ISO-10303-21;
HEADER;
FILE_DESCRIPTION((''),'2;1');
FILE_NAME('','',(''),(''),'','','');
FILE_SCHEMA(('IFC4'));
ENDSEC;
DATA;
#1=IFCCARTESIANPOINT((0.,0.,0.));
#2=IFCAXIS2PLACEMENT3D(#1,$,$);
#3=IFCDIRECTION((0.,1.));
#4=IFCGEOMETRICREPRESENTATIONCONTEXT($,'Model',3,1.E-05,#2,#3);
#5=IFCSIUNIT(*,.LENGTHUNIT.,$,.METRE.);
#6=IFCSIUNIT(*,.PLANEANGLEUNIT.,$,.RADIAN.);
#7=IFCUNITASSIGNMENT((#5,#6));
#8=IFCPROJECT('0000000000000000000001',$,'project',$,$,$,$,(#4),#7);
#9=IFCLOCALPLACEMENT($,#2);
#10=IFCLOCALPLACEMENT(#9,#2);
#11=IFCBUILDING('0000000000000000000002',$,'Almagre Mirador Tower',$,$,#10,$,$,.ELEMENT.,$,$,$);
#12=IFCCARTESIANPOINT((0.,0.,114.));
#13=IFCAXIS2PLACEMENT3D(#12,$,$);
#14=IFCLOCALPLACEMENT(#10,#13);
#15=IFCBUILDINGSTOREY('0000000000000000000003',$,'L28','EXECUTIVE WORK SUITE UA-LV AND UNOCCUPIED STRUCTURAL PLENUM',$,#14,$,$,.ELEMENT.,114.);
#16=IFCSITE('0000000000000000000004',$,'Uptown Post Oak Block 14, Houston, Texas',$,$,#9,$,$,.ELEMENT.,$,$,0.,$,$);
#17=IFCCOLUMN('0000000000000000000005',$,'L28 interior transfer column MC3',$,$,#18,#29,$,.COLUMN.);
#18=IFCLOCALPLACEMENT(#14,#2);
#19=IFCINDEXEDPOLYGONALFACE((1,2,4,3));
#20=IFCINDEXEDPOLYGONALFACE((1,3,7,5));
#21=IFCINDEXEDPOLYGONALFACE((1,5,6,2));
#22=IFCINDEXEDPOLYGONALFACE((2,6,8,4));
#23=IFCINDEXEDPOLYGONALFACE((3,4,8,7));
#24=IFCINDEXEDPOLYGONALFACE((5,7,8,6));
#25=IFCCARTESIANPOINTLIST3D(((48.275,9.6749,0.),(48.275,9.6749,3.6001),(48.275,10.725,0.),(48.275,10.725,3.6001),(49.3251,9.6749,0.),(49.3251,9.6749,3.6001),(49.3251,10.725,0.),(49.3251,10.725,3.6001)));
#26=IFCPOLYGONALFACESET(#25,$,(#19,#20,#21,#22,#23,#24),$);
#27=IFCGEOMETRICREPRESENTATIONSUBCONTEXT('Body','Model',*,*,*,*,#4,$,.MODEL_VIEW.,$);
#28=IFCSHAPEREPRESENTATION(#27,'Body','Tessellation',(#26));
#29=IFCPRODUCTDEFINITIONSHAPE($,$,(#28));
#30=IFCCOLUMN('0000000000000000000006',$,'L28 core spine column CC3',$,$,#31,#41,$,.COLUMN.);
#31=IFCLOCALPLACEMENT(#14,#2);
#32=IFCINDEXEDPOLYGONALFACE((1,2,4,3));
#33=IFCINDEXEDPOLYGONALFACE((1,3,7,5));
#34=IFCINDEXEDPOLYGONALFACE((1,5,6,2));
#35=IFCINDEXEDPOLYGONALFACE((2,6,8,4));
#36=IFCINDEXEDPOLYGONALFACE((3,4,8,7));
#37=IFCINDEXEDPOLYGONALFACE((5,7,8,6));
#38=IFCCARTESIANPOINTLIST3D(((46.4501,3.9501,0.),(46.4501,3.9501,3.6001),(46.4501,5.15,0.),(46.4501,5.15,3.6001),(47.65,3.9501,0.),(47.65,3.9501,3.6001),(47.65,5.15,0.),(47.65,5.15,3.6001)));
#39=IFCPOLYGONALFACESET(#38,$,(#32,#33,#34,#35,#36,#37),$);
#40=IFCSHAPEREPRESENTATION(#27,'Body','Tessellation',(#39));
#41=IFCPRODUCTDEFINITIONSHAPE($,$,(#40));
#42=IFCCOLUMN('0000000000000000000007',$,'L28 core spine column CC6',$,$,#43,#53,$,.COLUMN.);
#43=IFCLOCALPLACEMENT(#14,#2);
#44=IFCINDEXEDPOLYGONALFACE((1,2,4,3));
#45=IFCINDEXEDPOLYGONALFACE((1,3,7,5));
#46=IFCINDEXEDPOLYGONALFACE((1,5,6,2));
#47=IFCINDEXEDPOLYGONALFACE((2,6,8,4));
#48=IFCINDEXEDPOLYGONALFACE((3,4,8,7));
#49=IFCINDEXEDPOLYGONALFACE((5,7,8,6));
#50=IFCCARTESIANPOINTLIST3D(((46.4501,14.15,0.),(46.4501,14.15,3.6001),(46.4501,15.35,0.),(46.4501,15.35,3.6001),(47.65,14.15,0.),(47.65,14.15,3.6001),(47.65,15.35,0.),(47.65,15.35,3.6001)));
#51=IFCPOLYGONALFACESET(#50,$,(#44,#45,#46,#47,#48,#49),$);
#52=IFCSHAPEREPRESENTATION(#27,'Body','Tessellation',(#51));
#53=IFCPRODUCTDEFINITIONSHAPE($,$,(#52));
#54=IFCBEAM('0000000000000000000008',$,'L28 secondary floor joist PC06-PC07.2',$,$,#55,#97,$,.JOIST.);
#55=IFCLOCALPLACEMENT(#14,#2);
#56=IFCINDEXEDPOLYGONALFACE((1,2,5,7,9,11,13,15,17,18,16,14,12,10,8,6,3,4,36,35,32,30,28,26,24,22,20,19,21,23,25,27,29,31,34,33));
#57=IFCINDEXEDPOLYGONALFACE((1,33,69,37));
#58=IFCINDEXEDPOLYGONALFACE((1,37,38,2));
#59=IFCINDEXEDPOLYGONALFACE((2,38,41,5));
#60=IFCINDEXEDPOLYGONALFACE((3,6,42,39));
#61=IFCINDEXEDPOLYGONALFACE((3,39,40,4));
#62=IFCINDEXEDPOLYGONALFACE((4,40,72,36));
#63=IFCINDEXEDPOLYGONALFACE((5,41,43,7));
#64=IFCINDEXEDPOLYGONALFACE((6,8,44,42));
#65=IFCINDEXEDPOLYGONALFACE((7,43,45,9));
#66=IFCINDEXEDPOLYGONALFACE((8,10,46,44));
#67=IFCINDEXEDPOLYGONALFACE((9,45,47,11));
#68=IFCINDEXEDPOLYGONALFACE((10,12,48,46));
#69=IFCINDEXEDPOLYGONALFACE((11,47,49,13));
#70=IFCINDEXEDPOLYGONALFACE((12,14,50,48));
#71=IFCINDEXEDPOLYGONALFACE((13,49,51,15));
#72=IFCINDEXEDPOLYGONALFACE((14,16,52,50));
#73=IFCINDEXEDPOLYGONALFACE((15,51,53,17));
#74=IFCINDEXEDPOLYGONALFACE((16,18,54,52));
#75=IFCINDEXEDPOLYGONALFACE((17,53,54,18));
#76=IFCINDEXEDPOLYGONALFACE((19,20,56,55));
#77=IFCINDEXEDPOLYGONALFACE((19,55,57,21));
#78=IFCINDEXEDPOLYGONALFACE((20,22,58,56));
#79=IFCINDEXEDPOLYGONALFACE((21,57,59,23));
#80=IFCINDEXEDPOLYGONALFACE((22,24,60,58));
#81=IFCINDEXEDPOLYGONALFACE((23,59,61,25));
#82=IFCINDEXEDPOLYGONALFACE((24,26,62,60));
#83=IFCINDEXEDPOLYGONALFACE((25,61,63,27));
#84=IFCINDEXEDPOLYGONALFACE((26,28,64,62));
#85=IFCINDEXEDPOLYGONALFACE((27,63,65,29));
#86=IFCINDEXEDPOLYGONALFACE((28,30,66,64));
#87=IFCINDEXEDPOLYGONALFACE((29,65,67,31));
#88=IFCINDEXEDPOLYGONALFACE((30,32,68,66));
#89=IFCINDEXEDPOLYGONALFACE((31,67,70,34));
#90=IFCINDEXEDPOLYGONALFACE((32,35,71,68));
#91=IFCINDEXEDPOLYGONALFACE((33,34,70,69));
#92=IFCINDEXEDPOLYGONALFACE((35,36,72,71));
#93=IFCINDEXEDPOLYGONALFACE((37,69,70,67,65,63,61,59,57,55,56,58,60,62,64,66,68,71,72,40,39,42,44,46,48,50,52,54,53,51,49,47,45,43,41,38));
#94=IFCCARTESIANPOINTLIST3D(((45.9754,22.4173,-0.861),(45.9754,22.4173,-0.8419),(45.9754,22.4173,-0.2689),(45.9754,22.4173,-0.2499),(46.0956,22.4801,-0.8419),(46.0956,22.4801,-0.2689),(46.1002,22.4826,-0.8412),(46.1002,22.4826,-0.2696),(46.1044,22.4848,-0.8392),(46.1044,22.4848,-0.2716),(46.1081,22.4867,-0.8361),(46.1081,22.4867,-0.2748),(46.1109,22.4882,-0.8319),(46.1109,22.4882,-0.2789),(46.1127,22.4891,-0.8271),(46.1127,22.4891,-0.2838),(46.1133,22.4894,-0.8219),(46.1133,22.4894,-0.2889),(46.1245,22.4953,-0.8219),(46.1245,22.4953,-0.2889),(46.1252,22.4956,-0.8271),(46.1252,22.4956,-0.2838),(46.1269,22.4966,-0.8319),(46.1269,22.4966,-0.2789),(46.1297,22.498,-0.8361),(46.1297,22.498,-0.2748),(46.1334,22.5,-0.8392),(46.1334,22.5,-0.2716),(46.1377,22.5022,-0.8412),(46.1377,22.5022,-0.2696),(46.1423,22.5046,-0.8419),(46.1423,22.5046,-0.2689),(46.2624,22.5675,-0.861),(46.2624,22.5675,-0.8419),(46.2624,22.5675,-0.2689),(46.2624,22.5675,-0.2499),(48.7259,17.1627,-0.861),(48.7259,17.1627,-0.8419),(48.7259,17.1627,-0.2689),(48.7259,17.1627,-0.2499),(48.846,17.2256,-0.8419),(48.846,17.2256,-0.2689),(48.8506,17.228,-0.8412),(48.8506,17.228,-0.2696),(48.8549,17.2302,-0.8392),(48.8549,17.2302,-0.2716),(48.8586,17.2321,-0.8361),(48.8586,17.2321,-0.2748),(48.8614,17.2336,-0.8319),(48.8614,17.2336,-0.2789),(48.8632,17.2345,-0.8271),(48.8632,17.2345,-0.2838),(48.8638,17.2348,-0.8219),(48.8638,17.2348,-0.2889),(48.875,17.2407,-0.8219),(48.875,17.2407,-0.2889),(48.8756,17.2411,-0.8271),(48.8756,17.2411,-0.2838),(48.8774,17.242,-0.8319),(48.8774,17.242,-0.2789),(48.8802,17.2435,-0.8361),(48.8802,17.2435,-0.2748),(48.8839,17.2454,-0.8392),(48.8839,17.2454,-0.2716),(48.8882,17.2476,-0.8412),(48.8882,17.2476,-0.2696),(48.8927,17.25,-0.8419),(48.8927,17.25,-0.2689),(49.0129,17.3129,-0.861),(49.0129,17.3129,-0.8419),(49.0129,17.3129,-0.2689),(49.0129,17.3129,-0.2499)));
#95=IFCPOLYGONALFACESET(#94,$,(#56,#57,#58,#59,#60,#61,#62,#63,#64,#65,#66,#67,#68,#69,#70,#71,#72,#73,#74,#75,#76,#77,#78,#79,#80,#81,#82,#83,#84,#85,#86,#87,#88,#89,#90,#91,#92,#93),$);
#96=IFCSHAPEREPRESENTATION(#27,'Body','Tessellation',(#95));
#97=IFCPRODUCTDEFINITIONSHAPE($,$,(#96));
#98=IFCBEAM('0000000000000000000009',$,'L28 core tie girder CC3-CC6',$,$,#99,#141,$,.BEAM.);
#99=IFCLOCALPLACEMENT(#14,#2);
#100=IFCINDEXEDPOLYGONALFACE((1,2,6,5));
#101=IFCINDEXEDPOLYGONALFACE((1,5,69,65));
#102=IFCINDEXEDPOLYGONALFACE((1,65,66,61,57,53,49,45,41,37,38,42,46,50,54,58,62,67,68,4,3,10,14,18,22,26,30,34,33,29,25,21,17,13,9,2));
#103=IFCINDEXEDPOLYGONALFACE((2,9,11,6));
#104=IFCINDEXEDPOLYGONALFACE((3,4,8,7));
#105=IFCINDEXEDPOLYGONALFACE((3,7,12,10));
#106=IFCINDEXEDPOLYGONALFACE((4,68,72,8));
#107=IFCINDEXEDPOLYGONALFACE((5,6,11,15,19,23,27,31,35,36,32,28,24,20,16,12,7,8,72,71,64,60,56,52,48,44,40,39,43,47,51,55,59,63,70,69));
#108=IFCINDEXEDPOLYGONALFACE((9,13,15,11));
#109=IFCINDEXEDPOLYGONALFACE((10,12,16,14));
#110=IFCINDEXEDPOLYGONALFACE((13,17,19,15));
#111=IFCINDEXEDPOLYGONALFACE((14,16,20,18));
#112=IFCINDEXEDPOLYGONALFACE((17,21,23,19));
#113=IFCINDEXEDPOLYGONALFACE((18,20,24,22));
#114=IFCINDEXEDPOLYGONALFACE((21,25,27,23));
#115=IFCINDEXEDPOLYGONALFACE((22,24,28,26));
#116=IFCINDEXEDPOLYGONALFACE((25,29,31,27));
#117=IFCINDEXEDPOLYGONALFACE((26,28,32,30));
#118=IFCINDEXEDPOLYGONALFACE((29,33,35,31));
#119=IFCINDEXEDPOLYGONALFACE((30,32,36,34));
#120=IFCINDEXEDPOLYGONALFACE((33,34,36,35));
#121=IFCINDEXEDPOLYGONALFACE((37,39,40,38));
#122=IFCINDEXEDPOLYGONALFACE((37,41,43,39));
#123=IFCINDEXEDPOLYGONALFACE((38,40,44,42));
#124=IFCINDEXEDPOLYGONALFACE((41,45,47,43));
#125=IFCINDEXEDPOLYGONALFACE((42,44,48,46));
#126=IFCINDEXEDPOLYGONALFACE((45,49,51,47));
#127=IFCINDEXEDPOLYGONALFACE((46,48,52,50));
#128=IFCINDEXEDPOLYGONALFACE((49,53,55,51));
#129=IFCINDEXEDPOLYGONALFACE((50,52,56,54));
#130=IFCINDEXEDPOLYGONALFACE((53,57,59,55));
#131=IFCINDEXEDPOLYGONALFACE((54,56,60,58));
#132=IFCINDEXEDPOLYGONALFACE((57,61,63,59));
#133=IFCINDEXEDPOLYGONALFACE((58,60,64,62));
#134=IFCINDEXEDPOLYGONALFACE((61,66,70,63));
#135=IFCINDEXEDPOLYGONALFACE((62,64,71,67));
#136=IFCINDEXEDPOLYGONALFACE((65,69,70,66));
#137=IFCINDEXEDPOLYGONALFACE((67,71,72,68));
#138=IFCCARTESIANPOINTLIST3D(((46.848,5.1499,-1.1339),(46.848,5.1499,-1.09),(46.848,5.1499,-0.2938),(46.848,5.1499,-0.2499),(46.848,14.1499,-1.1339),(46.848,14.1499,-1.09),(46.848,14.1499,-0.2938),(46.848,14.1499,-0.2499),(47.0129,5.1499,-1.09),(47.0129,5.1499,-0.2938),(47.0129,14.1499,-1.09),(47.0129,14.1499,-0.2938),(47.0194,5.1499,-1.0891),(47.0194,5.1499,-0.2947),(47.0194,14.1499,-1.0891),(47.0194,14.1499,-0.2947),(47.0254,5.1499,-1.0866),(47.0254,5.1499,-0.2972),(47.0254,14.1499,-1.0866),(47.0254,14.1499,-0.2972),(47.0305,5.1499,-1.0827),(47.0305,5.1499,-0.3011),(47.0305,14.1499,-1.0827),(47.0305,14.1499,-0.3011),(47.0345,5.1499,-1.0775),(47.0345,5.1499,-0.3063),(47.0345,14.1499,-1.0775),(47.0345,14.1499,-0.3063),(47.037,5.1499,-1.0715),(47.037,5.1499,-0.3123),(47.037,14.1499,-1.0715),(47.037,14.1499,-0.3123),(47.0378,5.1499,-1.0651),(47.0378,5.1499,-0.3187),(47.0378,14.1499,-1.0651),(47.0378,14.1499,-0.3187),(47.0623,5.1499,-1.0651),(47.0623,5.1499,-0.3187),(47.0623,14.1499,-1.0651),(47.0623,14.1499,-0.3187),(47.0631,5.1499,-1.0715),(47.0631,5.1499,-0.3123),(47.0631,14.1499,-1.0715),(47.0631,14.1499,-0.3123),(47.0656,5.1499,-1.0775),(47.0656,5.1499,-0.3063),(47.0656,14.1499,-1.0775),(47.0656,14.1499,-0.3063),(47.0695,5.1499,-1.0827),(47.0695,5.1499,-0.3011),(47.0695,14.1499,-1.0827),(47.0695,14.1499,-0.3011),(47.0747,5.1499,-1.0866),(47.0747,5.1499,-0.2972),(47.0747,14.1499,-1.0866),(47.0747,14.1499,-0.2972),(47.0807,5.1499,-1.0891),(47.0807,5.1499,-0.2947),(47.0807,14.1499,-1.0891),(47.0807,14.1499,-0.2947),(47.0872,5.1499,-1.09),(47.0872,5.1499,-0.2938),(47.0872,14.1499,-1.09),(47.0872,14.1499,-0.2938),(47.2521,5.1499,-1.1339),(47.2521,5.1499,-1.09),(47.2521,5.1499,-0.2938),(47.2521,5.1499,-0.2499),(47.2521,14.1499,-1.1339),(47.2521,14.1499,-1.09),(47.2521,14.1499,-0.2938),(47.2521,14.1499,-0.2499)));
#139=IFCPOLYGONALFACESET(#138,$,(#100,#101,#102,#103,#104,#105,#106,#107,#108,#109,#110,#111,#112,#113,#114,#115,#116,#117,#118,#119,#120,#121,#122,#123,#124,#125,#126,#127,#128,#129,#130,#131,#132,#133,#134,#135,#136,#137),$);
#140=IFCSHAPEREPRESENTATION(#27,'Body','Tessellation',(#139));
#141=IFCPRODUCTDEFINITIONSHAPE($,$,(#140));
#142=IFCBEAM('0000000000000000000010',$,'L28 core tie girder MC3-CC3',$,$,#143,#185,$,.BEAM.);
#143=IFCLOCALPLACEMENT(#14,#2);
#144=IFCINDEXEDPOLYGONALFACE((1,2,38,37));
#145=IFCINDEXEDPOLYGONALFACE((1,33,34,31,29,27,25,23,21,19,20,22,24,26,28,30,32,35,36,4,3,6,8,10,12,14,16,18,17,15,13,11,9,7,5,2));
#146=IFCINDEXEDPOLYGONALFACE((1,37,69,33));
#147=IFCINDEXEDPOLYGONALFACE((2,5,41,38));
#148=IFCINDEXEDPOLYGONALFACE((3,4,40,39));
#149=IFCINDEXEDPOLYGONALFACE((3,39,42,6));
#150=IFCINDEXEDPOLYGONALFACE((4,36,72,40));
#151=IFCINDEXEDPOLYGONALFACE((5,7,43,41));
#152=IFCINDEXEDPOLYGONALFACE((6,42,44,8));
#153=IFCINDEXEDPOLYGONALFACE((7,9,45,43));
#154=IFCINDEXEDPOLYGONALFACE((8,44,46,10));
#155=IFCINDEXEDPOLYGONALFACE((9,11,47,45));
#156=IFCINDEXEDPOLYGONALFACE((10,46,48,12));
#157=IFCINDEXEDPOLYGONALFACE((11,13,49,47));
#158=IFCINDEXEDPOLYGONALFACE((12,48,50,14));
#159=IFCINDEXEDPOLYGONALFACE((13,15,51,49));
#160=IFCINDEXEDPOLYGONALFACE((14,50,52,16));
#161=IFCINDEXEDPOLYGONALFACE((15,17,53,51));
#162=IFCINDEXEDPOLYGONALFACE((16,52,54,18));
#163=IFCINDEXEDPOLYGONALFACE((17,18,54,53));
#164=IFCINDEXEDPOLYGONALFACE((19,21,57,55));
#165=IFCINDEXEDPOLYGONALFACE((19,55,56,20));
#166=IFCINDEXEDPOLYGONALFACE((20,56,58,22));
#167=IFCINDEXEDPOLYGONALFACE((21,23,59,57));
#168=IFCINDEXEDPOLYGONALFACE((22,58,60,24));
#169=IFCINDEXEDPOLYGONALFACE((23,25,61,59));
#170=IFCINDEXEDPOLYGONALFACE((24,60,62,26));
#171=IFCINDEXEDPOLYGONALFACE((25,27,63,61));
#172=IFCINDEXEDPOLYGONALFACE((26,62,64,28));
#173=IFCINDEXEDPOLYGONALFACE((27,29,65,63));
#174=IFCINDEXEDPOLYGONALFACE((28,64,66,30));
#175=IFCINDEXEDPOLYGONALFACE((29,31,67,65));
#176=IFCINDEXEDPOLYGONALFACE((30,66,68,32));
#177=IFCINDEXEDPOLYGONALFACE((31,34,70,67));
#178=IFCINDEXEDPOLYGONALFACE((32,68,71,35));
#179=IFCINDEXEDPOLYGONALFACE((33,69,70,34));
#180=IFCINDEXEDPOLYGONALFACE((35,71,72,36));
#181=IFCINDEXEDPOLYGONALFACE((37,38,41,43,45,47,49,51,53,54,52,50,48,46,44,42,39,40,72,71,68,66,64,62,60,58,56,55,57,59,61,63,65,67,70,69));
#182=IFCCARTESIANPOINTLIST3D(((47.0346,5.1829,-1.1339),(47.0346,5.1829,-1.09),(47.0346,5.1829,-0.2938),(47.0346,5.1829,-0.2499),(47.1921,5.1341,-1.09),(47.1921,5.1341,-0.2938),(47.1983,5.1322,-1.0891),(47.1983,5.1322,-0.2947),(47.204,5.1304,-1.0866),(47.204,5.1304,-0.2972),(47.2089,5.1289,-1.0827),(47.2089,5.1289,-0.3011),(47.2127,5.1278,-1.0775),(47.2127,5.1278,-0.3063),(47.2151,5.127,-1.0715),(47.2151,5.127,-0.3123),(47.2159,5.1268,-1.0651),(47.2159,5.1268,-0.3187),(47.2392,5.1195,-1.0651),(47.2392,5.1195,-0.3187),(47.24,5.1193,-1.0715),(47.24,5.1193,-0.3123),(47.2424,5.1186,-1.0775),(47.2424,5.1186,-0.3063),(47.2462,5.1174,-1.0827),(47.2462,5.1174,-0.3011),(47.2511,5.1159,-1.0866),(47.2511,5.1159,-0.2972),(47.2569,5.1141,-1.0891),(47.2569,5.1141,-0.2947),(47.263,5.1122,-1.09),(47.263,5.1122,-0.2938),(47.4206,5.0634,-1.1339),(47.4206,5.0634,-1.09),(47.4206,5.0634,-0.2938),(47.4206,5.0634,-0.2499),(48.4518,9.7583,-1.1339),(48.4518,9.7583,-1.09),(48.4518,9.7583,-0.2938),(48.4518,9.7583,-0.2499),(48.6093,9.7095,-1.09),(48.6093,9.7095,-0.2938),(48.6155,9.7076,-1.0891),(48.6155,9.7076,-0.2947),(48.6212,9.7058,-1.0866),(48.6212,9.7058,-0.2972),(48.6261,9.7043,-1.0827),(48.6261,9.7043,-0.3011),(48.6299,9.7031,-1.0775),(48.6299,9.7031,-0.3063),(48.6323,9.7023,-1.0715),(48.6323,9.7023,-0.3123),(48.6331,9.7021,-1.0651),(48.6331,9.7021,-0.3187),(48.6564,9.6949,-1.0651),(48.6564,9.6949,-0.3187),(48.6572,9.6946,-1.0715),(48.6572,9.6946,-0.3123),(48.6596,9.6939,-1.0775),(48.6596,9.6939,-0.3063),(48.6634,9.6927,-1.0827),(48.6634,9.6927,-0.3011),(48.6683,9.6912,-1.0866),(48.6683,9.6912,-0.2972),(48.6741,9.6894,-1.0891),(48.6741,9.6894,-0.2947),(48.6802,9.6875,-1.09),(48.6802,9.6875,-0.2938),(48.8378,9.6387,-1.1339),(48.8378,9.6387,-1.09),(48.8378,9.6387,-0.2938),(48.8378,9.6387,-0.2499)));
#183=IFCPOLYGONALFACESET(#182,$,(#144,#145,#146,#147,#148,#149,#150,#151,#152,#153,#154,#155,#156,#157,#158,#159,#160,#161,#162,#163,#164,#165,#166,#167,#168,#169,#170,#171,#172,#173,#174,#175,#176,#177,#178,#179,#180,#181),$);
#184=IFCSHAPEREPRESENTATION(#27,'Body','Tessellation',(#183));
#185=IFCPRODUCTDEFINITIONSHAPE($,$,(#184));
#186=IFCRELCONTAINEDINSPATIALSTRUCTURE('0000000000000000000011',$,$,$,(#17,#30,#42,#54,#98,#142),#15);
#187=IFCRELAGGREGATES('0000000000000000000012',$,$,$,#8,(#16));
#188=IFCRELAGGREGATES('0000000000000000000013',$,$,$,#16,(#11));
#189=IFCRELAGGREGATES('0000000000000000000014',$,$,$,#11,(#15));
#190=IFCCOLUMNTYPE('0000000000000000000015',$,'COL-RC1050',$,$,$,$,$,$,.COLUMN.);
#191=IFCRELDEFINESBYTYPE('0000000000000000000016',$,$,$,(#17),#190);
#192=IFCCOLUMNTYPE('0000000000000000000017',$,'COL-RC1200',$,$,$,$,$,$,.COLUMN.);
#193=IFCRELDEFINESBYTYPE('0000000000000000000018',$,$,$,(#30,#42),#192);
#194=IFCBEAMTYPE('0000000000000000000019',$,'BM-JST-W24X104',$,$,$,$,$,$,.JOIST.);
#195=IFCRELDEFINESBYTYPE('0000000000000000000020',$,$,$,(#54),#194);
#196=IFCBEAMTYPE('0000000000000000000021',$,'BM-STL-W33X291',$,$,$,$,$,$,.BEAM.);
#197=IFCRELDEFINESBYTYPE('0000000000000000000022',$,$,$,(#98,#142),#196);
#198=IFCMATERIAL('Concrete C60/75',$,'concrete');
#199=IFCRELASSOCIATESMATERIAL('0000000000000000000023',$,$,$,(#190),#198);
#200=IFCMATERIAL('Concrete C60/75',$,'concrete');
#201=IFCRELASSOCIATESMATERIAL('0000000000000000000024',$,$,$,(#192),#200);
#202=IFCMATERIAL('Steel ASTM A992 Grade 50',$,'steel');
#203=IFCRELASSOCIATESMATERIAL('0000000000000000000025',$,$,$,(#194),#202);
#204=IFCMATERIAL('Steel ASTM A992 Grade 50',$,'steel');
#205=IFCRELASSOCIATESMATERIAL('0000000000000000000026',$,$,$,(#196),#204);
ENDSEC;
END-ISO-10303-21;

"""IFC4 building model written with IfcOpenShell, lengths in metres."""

from ifc_helpers import new_model, si_unit, direction, frame, origin, origin_2d, place, context, subcontext, project, spatial, rectangle, i_section, extrude, material, material_profile, profile_set, type_object, element, save


model = new_model("IFC4")

# Units and contexts
model_context = context("Model", 3, precision=1e-05, world=origin(), true_north=direction((0.0, 1.0)))
body_context = subcontext(model_context, "Body", "Model", "MODEL_VIEW")
ifc_project = project(units=[si_unit("LENGTHUNIT", "METRE"), si_unit("PLANEANGLEUNIT", "RADIAN")], contexts=[model_context])

# Site, building, storey
site_placement = place(None, origin())
site = spatial("IfcSite", under=ifc_project, at=site_placement, Name="Uptown Post Oak Block 14, Houston, Texas", CompositionType="ELEMENT", RefElevation=0.0)
building_placement = place(site_placement, origin())
building = spatial("IfcBuilding", under=site, at=building_placement, Name="Almagre Mirador Tower", CompositionType="ELEMENT")
storey_placement = place(building_placement, frame((0.0, 0.0, 114.0)))
storey = spatial("IfcBuildingStorey", under=building, at=storey_placement, Name="L28", Description="EXECUTIVE WORK SUITE UA-LV AND UNOCCUPIED STRUCTURAL PLENUM", CompositionType="ELEMENT", Elevation=114.0)

# Columns
ifc_material_1 = material(Name="Concrete C60/75", Category="concrete")
ifc_material_profile_1 = material_profile(ifc_material_1, rectangle(XDim=1.05, YDim=1.05, at=origin_2d()), Name="RC1050X1050")
ifc_profile_set_1 = profile_set([ifc_material_profile_1], Name="Concrete C60/75")
column_type_1 = type_object("IfcColumnType", Name="COL-RC1050", PredefinedType="COLUMN", material=ifc_profile_set_1)
column_placement = place(storey_placement, frame((48.8, 10.2, 0.0), z_axis=(0.0, 0.0, 1.0), x_axis=(1.0, 0.0, 0.0)))
element("IfcColumn", 1, at=column_placement, inside=storey, type_object=column_type_1, Name="L28 interior transfer column MC3", PredefinedType="COLUMN", context=body_context, shape_type="SweptSolid", body=[
    extrude(rectangle(XDim=1.05, YDim=1.05, at=origin_2d()), origin(), (0.0, 0.0, 1.0), 3.6001),
])
ifc_material_2 = material(Name="Concrete C60/75", Category="concrete")
ifc_material_profile_2 = material_profile(ifc_material_2, rectangle(XDim=1.2, YDim=1.2, at=origin_2d()), Name="RC1200X1200")
ifc_profile_set_2 = profile_set([ifc_material_profile_2], Name="Concrete C60/75")
column_type_2 = type_object("IfcColumnType", Name="COL-RC1200", PredefinedType="COLUMN", material=ifc_profile_set_2)
for number, where, z_axis, x_axis, name in (
    (2, (47.05, 4.55, 0.0), (0.0, 0.0, 1.0), (1.0, 0.0, 0.0), "L28 core spine column CC3"),
    (3, (47.05, 14.75, 0.0), (0.0, 0.0, 1.0), (1.0, 0.0, 0.0), "L28 core spine column CC6"),
):
    element("IfcColumn", number, at=place(storey_placement, frame(where, z_axis=z_axis, x_axis=x_axis)), inside=storey, type_object=column_type_2, Name=name, PredefinedType="COLUMN", context=body_context, shape_type="SweptSolid", body=[
        extrude(rectangle(XDim=1.2, YDim=1.2, at=origin_2d()), origin(), (0.0, 0.0, 1.0), 3.6001),
    ])

# Beams
ifc_material_3 = material(Name="Steel ASTM A992 Grade 50", Category="steel")
ifc_material_profile_3 = material_profile(ifc_material_3, i_section(OverallWidth=0.324, OverallDepth=0.6111, WebThickness=0.0127, FlangeThickness=0.019, FilletRadius=0.02, at=origin_2d()), Name="W24X104")
ifc_profile_set_3 = profile_set([ifc_material_profile_3], Name="Steel ASTM A992 Grade 50")
beam_type_1 = type_object("IfcBeamType", Name="BM-JST-W24X104", PredefinedType="JOIST", material=ifc_profile_set_3)
beam_1_placement = place(storey_placement, frame((48.8694, 17.2378, -0.5554), z_axis=(-0.46375, 0.885966, 0.0), x_axis=(-0.885966, -0.46375, 0.0)))
element("IfcBeam", 4, at=beam_1_placement, inside=storey, type_object=beam_type_1, Name="L28 secondary floor joist PC06-PC07.2", PredefinedType="JOIST", context=body_context, shape_type="SweptSolid", body=[
    extrude(i_section(OverallWidth=0.324, OverallDepth=0.6111, WebThickness=0.0127, FlangeThickness=0.019, FilletRadius=0.02, at=origin_2d()), origin(), (0.0, 0.0, 1.0), 5.9309),
])
ifc_material_4 = material(Name="Steel ASTM A992 Grade 50", Category="steel")
ifc_material_profile_4 = material_profile(ifc_material_4, i_section(OverallWidth=0.4041, OverallDepth=0.884, WebThickness=0.0244, FlangeThickness=0.0439, FilletRadius=0.0249, at=origin_2d()), Name="W33X291")
ifc_profile_set_4 = profile_set([ifc_material_profile_4], Name="Steel ASTM A992 Grade 50")
beam_type_2 = type_object("IfcBeamType", Name="BM-STL-W33X291", PredefinedType="BEAM", material=ifc_profile_set_4)
beam_2_placement = place(storey_placement, frame((47.05, 5.1499, -0.6919), z_axis=(0.0, 1.0, 0.0), x_axis=(-1.0, 0.0, 0.0)))
element("IfcBeam", 5, at=beam_2_placement, inside=storey, type_object=beam_type_2, Name="L28 core tie girder CC3-CC6", PredefinedType="BEAM", context=body_context, shape_type="SweptSolid", body=[
    extrude(i_section(OverallWidth=0.4041, OverallDepth=0.884, WebThickness=0.0244, FlangeThickness=0.0439, FilletRadius=0.0249, at=origin_2d()), origin(), (0.0, 0.0, 1.0), 9.0),
])
beam_3_placement = place(storey_placement, frame((48.6448, 9.6985, -0.6919), z_axis=(-0.29588, -0.955225, 0.0), x_axis=(0.955225, -0.29588, 0.0)))
element("IfcBeam", 6, at=beam_3_placement, inside=storey, type_object=beam_type_2, Name="L28 core tie girder MC3-CC3", PredefinedType="BEAM", context=body_context, shape_type="SweptSolid", body=[
    extrude(i_section(OverallWidth=0.4041, OverallDepth=0.884, WebThickness=0.0244, FlangeThickness=0.0439, FilletRadius=0.0249, at=origin_2d()), origin(), (0.0, 0.0, 1.0), 4.7898),
])

save(model, "model.ifc")
